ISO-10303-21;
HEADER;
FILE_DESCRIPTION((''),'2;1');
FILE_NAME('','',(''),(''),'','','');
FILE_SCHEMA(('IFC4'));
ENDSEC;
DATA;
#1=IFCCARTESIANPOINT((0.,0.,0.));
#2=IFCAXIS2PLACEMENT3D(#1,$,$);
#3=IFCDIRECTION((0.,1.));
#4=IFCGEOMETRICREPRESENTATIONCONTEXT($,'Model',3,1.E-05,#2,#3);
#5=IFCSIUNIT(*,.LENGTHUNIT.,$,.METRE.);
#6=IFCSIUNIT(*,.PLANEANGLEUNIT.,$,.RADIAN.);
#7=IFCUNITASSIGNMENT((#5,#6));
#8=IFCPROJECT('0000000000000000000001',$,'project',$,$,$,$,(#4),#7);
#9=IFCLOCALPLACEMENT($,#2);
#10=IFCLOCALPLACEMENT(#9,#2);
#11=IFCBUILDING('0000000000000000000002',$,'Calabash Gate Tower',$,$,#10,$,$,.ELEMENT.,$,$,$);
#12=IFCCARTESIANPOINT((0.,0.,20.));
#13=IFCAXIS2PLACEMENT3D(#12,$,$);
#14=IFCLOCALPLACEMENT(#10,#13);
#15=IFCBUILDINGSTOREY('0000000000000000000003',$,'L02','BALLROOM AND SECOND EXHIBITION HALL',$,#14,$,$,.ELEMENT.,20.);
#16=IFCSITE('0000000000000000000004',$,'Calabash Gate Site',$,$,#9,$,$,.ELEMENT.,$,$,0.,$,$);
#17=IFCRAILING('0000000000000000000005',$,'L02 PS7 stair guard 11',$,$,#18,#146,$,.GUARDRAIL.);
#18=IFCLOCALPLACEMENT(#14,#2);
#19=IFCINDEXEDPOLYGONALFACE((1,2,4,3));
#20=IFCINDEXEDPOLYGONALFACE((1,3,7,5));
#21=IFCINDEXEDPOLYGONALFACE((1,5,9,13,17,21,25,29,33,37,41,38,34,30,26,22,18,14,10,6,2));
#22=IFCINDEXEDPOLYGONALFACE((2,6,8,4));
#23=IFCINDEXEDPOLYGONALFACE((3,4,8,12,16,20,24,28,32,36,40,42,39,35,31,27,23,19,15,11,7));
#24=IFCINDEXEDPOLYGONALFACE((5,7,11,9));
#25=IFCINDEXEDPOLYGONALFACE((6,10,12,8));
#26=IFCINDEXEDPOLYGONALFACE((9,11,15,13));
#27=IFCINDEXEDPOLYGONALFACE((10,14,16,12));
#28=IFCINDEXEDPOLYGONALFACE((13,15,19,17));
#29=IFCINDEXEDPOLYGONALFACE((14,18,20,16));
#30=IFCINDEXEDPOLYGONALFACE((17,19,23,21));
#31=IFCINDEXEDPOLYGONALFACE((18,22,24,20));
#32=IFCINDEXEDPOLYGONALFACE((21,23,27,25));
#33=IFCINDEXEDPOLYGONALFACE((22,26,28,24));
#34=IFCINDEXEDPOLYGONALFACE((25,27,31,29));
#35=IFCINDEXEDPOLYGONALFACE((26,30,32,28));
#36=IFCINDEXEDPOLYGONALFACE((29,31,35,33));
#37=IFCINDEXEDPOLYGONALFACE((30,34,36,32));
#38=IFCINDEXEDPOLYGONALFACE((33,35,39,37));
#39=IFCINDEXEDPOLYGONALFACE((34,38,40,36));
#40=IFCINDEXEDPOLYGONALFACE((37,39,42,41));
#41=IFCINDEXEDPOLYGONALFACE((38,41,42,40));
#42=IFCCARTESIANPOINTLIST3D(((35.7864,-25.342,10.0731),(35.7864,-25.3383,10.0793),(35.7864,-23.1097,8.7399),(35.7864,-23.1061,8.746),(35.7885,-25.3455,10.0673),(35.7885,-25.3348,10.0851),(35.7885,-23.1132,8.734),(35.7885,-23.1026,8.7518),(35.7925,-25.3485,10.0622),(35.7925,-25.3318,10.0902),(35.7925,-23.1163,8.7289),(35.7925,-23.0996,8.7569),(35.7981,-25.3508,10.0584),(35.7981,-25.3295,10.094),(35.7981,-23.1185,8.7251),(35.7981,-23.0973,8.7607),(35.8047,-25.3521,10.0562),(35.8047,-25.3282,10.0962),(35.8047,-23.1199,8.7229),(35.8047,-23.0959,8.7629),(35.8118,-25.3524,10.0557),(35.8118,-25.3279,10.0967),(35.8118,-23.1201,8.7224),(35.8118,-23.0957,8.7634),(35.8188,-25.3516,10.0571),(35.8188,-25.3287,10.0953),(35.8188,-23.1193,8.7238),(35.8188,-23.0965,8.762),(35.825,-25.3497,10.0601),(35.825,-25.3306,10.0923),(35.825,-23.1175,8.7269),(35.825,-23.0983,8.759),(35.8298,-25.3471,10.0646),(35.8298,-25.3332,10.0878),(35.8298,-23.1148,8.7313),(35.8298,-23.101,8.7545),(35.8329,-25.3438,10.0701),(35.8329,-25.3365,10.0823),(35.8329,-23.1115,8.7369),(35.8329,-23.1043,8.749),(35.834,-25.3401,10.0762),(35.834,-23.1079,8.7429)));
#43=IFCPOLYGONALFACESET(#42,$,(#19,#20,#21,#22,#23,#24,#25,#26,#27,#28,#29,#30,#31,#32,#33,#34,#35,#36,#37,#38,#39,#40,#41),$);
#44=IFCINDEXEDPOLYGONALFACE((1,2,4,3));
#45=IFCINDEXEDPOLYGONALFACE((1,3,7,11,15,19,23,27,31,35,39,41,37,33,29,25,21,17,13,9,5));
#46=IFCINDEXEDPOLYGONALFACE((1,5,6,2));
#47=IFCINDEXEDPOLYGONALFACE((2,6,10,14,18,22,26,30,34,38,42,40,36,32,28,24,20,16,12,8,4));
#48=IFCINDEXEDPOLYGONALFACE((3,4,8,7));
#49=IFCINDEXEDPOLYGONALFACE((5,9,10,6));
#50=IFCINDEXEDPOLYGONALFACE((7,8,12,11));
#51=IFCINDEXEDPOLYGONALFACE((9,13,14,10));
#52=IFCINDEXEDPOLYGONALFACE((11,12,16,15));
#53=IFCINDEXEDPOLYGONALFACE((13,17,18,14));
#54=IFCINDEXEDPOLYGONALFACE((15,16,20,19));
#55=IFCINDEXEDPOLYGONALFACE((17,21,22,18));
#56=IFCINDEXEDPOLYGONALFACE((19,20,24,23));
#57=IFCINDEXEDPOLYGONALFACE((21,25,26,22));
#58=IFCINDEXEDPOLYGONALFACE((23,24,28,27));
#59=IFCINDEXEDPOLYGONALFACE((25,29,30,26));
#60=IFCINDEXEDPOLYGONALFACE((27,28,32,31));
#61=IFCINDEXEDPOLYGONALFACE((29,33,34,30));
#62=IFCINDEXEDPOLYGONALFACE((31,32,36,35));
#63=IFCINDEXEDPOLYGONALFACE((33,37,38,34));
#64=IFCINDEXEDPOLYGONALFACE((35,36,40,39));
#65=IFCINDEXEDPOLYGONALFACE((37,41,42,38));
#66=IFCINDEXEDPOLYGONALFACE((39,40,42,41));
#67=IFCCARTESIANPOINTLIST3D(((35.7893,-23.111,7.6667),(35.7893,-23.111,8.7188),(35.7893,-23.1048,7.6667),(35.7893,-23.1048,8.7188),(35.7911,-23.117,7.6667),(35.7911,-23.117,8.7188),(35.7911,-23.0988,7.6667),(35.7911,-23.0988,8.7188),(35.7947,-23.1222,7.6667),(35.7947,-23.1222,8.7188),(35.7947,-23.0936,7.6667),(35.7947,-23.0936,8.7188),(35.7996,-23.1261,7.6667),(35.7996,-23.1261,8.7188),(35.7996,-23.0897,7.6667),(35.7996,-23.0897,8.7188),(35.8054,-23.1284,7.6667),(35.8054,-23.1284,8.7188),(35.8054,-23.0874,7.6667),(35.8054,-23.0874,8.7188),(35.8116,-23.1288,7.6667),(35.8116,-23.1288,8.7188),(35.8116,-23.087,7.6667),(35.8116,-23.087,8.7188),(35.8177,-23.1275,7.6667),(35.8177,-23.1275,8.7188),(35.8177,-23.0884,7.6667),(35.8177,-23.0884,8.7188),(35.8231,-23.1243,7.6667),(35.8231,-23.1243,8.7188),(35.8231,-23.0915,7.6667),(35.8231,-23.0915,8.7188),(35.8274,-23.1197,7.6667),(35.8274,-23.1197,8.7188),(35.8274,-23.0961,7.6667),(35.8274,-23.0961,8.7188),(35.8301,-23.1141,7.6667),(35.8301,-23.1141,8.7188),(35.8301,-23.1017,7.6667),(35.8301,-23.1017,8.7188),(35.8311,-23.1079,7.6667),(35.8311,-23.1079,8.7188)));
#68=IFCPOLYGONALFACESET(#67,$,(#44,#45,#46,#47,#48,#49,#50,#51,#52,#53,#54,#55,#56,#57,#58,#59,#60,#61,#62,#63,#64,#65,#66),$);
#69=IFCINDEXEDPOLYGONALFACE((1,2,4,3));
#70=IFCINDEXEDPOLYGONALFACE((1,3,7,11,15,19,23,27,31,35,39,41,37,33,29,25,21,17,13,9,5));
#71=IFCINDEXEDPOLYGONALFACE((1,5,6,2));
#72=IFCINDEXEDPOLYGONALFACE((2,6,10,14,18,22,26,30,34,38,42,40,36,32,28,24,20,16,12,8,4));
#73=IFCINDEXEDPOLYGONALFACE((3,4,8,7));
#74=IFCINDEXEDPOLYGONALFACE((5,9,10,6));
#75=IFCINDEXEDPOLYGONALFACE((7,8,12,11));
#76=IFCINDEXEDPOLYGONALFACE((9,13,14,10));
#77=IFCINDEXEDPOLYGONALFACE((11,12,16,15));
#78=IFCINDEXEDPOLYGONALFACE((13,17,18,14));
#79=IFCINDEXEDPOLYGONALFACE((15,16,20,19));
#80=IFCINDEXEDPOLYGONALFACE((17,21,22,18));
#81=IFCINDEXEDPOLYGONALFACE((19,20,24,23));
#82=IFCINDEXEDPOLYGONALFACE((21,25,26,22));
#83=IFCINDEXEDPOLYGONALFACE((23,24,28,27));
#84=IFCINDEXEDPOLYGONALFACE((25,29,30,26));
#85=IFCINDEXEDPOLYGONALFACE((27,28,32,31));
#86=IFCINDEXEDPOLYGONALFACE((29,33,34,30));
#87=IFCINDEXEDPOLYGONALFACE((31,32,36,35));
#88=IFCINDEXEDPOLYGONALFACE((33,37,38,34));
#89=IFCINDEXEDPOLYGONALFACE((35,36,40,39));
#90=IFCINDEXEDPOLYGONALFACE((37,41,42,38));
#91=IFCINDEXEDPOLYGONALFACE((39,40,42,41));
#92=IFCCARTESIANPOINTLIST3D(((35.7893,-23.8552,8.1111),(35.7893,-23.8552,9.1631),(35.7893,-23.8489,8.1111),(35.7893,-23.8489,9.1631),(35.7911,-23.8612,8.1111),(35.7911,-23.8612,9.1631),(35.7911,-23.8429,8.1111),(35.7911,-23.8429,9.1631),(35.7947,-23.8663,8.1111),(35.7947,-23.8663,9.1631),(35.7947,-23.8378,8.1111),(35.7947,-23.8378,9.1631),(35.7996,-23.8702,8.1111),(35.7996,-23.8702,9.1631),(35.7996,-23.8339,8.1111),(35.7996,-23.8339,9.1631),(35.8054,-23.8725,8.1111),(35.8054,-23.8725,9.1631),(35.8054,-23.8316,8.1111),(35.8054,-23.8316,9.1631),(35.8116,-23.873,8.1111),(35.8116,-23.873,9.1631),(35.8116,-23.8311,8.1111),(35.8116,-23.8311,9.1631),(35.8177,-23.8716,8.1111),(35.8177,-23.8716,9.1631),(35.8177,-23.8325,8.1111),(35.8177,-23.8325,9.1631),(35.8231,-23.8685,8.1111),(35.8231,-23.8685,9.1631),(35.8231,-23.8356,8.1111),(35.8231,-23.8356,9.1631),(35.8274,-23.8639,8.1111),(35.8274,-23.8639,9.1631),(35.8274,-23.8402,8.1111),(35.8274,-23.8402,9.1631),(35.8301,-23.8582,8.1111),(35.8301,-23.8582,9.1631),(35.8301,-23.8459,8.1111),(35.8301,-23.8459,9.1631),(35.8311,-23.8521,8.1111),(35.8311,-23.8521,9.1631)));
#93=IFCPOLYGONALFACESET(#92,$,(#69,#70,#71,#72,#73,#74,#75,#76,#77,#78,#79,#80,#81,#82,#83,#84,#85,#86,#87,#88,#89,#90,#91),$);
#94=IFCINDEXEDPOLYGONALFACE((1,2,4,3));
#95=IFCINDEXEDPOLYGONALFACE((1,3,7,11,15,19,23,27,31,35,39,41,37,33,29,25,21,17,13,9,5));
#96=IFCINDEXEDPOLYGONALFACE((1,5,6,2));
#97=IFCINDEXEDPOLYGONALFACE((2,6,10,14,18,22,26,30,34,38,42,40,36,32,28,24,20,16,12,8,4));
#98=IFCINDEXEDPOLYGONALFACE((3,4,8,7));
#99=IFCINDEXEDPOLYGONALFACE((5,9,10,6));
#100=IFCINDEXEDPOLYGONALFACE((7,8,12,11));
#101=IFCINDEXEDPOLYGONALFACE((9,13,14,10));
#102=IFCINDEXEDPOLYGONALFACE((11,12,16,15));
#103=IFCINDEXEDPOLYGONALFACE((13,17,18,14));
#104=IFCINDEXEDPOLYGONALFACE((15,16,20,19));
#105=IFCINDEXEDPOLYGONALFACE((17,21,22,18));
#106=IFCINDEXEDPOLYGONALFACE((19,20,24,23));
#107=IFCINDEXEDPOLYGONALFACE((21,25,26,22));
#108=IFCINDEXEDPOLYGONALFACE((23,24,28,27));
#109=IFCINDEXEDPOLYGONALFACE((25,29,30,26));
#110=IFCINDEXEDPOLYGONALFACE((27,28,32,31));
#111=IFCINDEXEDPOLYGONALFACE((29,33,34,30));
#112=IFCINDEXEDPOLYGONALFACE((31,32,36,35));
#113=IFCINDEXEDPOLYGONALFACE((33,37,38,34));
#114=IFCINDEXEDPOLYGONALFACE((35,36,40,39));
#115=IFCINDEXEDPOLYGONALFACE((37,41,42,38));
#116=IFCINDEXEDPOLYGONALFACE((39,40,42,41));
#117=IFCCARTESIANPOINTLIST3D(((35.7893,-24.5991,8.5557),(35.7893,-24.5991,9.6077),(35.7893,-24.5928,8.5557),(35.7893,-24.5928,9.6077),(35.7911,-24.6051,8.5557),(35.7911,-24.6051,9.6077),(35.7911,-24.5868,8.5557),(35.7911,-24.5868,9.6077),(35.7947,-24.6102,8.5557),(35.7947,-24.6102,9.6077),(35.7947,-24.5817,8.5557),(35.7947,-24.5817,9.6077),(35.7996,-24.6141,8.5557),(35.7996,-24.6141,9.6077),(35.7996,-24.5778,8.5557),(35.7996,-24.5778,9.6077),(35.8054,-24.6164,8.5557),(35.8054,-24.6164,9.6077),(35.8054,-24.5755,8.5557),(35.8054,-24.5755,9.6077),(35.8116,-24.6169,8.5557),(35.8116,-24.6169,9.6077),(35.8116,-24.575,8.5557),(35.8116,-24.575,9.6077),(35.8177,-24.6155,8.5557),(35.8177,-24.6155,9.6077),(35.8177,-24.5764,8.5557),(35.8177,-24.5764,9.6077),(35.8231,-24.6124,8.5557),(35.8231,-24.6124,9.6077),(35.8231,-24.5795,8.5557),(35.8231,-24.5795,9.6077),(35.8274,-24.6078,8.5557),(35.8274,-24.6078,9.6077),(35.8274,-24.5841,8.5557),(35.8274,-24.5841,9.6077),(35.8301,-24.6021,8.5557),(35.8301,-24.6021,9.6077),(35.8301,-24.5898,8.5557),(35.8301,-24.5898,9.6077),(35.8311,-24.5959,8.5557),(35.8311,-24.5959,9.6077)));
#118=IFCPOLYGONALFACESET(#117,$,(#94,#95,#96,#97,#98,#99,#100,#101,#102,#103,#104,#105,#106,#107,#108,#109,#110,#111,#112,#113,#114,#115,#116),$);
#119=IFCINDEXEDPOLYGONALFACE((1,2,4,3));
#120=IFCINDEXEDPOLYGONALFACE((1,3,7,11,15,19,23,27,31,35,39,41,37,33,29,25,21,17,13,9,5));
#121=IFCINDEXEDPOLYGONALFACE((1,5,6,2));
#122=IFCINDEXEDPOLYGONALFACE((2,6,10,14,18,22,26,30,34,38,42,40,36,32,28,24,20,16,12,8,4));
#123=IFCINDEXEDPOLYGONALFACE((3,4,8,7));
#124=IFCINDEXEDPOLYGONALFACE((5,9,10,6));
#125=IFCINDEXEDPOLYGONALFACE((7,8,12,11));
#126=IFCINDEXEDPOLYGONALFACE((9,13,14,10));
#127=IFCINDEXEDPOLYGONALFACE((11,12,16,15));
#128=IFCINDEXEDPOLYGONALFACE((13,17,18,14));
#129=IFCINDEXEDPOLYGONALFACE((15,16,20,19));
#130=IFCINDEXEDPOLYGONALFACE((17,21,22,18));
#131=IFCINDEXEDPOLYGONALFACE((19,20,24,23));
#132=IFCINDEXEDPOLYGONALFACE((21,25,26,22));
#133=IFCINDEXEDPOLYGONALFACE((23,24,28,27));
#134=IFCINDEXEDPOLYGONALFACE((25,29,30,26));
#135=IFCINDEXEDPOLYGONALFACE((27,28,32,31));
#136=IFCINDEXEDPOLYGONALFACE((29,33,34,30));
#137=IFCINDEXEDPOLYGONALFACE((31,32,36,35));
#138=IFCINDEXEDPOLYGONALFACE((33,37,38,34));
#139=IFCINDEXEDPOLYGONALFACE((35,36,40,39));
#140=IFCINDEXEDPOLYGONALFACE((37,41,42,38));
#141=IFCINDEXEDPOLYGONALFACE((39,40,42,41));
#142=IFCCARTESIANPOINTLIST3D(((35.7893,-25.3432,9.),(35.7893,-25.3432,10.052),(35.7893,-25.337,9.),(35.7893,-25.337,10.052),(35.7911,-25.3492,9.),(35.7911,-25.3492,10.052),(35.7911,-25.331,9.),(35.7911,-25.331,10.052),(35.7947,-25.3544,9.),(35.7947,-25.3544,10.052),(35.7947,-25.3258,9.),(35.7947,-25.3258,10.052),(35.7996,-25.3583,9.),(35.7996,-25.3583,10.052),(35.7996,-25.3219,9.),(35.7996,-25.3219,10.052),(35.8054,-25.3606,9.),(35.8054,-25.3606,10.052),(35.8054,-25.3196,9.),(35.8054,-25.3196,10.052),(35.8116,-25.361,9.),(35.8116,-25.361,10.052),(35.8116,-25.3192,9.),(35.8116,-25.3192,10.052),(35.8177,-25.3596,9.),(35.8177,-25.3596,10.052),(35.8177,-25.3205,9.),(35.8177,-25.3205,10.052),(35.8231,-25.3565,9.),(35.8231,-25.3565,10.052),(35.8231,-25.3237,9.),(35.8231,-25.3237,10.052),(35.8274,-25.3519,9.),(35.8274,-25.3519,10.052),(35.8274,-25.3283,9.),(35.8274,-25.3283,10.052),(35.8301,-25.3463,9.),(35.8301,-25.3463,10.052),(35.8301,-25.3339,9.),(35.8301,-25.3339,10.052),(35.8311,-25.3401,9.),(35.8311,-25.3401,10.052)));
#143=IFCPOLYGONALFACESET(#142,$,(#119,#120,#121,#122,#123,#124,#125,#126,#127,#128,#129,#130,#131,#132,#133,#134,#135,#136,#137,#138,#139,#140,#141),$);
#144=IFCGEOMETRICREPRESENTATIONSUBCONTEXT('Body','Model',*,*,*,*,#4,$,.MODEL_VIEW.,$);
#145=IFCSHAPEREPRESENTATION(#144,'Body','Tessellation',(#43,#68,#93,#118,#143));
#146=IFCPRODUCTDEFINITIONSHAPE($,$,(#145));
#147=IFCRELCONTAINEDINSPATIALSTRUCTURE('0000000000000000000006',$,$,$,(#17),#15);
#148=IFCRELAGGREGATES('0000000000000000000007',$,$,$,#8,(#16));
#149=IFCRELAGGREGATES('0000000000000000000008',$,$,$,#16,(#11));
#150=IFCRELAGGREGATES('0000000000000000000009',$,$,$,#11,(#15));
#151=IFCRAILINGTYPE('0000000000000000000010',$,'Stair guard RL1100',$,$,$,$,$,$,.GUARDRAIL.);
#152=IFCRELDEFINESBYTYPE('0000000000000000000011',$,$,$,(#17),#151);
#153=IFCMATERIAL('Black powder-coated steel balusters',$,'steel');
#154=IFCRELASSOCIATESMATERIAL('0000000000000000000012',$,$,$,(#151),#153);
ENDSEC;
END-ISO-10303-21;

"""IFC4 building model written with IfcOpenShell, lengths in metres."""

from ifc_helpers import new_model, si_unit, direction, frame, origin, origin_2d, place, context, subcontext, project, spatial, circle, extrude, material, type_object, element, save


model = new_model("IFC4")

# Units and contexts
model_context = context("Model", 3, precision=1e-05, world=origin(), true_north=direction((0.0, 1.0)))
body_context = subcontext(model_context, "Body", "Model", "MODEL_VIEW")
ifc_project = project(units=[si_unit("LENGTHUNIT", "METRE"), si_unit("PLANEANGLEUNIT", "RADIAN")], contexts=[model_context])

# Site, building, storey
site_placement = place(None, origin())
site = spatial("IfcSite", under=ifc_project, at=site_placement, Name="Calabash Gate Site", CompositionType="ELEMENT", RefElevation=0.0)
building_placement = place(site_placement, origin())
building = spatial("IfcBuilding", under=site, at=building_placement, Name="Calabash Gate Tower", CompositionType="ELEMENT")
storey_placement = place(building_placement, frame((0.0, 0.0, 20.0)))
storey = spatial("IfcBuildingStorey", under=building, at=storey_placement, Name="L02", Description="BALLROOM AND SECOND EXHIBITION HALL", CompositionType="ELEMENT", Elevation=20.0)

# Railing
ifc_material_1 = material(Name="Black powder-coated steel balusters", Category="steel")
railing_type_1 = type_object("IfcRailingType", Name="Stair guard RL1100", PredefinedType="GUARDRAIL", material=ifc_material_1)
railing_1_placement = place(storey_placement, frame((35.8101, -23.1079, 7.6667)))
element("IfcRailing", 1, at=railing_1_placement, inside=storey, type_object=railing_type_1, Name="L02 PS7 stair guard 11", PredefinedType="GUARDRAIL", context=body_context, shape_type="SweptSolid", body=[
    extrude(circle(Radius=0.0239, at=origin_2d()), frame((0.0, 0.0, 1.0762), z_axis=(0.0, -0.858519, 0.512782), x_axis=(1.0, 0.0, 0.0)), (0.0, 0.0, 1.0), 2.6001),
    extrude(circle(Radius=0.021, at=origin_2d()), origin(), (0.0, 0.0, 1.0), 1.052),
    extrude(circle(Radius=0.021, at=origin_2d()), frame((0.0, -0.7441, 0.4443)), (0.0, 0.0, 1.0), 1.052),
    extrude(circle(Radius=0.021, at=origin_2d()), frame((0.0, -1.488, 0.8889)), (0.0, 0.0, 1.0), 1.052),
    extrude(circle(Radius=0.021, at=origin_2d()), frame((0.0, -2.2322, 1.3333)), (0.0, 0.0, 1.0), 1.052),
])

save(model, "model.ifc")
